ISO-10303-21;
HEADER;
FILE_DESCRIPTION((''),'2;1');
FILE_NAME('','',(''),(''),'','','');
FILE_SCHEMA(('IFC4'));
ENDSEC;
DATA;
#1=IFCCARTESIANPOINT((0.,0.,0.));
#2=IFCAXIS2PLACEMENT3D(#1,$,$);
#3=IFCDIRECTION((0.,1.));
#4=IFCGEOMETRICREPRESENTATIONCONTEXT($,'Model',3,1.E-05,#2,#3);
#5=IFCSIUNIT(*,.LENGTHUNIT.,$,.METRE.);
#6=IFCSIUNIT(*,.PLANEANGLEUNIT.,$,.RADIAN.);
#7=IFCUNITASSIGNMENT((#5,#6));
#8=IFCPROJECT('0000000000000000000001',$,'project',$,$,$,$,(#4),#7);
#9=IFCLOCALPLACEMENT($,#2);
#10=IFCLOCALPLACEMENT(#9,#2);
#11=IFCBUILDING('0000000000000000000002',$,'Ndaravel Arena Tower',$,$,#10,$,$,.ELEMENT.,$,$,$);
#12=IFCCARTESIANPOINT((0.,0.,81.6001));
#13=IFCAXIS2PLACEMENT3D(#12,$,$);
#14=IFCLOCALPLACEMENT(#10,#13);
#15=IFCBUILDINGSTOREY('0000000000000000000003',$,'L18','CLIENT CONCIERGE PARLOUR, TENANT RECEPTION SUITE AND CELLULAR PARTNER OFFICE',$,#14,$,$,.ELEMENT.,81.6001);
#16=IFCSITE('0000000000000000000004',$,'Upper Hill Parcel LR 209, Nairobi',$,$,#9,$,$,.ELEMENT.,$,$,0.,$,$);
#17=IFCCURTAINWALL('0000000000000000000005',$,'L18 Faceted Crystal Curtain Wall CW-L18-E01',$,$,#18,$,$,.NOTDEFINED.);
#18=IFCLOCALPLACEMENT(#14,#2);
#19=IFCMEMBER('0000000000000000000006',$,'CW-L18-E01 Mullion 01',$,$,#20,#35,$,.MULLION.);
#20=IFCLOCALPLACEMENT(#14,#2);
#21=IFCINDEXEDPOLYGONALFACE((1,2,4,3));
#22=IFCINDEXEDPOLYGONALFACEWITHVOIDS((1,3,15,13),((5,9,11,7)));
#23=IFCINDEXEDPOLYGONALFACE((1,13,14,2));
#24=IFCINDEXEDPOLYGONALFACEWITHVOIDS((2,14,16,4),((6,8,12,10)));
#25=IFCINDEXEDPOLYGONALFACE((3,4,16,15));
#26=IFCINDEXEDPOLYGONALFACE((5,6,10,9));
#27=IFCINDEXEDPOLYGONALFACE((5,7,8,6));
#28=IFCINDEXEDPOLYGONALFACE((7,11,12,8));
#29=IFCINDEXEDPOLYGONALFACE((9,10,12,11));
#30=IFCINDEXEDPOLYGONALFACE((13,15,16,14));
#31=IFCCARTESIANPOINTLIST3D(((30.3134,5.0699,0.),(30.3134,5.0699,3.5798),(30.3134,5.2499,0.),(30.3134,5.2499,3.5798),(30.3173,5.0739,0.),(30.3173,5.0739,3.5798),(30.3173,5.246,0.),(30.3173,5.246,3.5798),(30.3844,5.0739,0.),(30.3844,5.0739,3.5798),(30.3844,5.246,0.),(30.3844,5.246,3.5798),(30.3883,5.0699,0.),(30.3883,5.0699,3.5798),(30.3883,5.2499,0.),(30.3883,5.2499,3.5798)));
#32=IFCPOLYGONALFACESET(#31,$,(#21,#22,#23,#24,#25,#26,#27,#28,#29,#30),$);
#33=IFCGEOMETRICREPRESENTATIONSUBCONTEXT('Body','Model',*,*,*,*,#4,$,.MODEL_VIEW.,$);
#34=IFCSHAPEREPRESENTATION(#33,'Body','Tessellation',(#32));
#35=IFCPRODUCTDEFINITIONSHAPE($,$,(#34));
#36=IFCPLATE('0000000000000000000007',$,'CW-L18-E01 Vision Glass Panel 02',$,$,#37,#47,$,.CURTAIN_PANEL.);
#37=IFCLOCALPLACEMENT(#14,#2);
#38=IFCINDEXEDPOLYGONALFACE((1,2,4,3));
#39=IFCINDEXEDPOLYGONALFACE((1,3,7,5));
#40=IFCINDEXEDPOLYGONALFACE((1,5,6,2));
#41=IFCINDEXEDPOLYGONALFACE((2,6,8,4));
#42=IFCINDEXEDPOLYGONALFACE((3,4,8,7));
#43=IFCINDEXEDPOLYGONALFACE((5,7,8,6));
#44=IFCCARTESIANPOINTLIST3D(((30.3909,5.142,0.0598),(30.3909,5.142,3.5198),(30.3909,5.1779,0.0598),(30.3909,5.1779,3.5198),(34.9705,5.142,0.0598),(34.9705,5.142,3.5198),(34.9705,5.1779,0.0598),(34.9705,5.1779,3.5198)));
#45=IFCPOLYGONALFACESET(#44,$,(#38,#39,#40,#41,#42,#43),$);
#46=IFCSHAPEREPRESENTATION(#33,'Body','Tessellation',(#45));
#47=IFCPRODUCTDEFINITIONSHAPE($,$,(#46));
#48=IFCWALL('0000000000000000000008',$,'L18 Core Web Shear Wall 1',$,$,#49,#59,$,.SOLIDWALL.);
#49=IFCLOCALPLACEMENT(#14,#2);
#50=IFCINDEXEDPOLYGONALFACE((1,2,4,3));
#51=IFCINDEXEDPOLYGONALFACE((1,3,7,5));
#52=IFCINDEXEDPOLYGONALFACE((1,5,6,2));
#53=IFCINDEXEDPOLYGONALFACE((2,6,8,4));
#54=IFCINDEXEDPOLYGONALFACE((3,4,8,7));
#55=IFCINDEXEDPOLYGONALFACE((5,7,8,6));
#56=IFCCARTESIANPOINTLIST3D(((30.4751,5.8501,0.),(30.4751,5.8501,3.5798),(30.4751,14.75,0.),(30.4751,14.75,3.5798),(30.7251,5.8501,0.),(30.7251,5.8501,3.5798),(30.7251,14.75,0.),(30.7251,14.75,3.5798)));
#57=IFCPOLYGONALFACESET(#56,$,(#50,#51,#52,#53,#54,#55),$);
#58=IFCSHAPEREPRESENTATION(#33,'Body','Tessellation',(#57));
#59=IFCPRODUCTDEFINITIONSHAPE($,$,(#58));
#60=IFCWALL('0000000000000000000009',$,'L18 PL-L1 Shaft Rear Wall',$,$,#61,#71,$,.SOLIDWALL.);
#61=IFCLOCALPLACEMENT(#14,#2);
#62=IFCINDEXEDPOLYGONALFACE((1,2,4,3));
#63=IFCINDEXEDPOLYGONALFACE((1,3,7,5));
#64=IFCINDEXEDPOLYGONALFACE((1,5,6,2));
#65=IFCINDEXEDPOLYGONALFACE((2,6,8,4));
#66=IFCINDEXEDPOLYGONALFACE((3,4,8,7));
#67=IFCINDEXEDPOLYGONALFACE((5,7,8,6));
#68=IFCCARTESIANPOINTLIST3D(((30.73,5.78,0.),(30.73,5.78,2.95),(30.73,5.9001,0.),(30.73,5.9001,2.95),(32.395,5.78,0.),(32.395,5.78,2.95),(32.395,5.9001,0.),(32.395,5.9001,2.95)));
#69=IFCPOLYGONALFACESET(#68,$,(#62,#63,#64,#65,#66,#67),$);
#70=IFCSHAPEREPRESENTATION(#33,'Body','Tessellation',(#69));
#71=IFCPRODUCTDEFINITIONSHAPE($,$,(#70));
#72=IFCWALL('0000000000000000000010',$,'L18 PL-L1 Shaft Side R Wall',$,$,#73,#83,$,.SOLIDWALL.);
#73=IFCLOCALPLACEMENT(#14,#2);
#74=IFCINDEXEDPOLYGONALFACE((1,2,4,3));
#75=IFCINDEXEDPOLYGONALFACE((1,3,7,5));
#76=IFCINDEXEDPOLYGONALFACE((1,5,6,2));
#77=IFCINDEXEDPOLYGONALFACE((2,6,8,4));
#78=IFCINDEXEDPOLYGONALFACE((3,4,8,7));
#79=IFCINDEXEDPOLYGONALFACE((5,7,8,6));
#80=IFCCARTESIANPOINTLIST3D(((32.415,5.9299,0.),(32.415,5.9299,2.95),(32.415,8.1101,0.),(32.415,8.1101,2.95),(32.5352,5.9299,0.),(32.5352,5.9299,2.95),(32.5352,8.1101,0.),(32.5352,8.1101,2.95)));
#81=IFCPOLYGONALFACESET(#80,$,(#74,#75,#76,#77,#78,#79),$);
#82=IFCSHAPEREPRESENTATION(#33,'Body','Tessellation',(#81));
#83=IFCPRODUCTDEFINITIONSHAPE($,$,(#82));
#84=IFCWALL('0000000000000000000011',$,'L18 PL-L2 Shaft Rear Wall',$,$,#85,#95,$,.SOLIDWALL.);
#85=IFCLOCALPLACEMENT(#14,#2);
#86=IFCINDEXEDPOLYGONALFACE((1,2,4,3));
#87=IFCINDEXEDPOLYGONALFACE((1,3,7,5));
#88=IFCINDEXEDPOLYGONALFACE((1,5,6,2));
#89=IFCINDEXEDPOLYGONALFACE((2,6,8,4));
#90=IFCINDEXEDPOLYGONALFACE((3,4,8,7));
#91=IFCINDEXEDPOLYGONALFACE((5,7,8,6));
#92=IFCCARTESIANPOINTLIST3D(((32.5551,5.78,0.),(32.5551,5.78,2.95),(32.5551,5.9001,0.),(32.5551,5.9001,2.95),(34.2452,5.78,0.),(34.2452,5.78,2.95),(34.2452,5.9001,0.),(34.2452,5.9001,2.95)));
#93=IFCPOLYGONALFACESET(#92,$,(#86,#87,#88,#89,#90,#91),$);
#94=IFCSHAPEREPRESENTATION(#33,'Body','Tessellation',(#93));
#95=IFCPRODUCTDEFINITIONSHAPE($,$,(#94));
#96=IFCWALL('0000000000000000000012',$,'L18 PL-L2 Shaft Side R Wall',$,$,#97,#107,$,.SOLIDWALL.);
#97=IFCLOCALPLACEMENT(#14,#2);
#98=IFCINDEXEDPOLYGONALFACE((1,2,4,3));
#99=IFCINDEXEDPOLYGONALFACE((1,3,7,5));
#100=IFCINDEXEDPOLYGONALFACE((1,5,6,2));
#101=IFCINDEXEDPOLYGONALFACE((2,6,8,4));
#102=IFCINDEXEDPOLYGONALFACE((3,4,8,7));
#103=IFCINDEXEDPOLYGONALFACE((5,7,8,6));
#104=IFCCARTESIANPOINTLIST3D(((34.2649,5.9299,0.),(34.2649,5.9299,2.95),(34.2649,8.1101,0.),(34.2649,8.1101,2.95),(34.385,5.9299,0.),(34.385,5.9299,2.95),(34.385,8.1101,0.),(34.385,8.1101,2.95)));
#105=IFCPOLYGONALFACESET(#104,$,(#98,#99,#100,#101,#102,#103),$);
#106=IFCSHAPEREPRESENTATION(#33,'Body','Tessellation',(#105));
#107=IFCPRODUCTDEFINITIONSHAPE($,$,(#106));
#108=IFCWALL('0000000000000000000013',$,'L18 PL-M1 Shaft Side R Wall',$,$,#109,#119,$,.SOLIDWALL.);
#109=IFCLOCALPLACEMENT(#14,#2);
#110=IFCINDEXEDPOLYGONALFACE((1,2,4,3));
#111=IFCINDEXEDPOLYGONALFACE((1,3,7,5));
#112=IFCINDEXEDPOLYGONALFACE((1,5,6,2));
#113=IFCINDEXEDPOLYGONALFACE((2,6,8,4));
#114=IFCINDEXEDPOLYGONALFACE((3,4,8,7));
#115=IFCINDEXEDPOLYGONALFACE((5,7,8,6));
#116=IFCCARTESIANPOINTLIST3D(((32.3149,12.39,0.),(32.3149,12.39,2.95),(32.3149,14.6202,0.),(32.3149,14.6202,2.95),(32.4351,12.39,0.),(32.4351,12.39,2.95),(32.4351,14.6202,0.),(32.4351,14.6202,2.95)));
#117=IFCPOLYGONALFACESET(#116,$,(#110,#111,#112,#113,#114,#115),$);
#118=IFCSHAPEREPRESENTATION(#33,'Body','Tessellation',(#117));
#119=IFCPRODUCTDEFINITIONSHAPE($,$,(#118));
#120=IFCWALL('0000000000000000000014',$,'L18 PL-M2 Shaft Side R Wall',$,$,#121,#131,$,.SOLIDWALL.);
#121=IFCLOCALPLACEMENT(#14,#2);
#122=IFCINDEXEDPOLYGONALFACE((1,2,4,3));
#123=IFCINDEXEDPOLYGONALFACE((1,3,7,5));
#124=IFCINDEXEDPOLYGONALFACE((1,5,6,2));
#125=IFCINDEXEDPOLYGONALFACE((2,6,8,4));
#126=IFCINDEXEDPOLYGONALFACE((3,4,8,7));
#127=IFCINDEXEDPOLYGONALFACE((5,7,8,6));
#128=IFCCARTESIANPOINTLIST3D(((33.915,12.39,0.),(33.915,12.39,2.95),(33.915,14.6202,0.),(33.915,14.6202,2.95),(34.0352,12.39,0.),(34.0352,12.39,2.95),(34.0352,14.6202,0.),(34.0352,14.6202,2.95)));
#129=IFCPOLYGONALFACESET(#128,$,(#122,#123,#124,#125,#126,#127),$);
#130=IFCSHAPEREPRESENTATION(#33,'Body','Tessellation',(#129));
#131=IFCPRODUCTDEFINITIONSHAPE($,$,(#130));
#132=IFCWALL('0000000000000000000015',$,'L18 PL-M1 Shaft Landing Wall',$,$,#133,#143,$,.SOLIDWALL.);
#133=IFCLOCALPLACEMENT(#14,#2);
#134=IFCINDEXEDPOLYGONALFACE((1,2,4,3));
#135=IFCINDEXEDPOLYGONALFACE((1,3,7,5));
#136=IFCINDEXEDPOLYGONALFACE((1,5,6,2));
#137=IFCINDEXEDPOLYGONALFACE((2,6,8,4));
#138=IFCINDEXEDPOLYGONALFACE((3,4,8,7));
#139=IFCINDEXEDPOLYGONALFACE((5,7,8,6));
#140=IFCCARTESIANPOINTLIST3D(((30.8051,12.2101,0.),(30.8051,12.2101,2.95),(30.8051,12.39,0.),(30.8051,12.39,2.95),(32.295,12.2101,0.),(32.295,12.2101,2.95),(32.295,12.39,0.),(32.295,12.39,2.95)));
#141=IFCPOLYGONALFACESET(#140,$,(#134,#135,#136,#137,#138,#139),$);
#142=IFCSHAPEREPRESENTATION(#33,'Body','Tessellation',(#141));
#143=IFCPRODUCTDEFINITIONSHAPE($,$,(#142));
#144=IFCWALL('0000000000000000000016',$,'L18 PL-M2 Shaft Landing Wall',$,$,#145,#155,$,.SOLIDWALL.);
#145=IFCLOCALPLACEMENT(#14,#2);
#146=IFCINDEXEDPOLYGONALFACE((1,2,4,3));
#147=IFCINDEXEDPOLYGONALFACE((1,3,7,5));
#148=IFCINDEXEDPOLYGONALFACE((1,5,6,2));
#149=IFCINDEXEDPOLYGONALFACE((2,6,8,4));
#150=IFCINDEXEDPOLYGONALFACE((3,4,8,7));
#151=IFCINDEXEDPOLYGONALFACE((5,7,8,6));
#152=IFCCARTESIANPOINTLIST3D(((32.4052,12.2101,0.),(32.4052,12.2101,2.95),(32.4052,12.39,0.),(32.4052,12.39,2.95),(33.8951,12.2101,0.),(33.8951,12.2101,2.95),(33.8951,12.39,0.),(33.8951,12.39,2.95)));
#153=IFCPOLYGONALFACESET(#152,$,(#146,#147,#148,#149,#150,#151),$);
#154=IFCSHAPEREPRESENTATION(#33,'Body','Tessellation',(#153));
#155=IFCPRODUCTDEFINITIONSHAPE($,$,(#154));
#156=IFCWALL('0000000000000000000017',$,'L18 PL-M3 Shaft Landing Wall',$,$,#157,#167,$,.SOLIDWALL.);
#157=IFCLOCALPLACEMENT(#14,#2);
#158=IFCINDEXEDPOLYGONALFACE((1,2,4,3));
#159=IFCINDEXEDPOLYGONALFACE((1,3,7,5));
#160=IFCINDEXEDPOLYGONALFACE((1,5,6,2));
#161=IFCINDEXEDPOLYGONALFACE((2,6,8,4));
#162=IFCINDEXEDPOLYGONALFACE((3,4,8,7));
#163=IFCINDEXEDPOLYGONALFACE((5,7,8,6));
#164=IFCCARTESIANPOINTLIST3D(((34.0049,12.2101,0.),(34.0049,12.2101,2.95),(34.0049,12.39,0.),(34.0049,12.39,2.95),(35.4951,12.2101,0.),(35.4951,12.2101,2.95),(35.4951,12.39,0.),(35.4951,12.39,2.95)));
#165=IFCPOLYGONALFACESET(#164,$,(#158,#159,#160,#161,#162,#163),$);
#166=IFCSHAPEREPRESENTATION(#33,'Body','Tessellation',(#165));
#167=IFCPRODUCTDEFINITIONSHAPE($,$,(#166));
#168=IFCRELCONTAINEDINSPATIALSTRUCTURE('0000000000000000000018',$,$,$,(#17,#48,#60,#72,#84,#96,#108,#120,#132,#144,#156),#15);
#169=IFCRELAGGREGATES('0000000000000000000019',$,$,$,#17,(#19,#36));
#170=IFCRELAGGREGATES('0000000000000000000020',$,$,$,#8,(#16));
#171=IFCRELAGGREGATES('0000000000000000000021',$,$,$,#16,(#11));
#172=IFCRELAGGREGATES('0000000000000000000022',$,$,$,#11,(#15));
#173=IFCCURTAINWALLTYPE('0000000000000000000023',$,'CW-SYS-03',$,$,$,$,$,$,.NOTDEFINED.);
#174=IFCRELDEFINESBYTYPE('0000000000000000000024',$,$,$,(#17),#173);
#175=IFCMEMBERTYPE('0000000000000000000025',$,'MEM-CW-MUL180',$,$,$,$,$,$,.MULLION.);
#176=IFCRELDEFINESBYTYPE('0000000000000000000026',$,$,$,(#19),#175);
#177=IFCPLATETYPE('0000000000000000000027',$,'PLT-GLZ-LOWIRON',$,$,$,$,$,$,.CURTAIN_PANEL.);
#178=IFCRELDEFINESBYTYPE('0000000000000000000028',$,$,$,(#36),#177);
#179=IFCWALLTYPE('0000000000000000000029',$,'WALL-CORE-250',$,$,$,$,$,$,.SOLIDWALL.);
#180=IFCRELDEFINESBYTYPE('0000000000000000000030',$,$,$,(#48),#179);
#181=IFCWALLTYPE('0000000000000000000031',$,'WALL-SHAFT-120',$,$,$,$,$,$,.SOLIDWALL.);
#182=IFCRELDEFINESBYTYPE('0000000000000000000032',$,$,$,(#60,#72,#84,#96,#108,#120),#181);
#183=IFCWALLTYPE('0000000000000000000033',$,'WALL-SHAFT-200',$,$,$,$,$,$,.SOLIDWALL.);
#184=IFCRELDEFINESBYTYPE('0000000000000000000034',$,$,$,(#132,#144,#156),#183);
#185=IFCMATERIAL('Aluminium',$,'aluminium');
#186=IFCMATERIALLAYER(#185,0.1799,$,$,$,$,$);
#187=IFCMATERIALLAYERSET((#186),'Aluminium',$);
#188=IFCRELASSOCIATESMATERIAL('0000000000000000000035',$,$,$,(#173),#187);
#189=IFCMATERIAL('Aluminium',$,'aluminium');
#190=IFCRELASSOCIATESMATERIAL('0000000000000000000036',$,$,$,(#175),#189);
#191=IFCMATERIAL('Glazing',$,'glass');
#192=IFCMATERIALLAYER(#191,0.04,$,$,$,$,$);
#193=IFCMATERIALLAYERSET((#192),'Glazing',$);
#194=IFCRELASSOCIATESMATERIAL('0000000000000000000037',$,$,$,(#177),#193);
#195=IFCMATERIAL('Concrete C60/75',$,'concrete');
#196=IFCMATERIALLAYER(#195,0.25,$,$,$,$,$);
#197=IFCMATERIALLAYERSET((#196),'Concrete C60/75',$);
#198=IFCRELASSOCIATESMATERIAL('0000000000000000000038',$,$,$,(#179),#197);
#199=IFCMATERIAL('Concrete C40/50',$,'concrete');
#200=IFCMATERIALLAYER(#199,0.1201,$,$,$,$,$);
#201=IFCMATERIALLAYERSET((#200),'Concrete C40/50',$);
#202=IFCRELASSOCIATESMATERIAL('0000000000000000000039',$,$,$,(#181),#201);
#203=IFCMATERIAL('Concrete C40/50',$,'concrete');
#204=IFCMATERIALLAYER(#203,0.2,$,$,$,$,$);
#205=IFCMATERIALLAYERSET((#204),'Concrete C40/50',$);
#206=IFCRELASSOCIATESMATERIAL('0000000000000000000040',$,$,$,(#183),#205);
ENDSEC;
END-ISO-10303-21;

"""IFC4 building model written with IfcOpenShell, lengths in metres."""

from ifc_helpers import new_model, si_unit, direction, frame, frame_2d, origin, origin_2d, place, context, subcontext, project, spatial, rectangle, hollow_rectangle, extrude, material, layer, layer_set, material_profile, profile_set, type_object, element, aggregate, save


model = new_model("IFC4")

# Units and contexts
model_context = context("Model", 3, precision=1e-05, world=origin(), true_north=direction((0.0, 1.0)))
body_context = subcontext(model_context, "Body", "Model", "MODEL_VIEW")
ifc_project = project(units=[si_unit("LENGTHUNIT", "METRE"), si_unit("PLANEANGLEUNIT", "RADIAN")], contexts=[model_context])

# Site, building, storey
site_placement = place(None, origin())
site = spatial("IfcSite", under=ifc_project, at=site_placement, Name="Upper Hill Parcel LR 209, Nairobi", CompositionType="ELEMENT", RefElevation=0.0)
building_placement = place(site_placement, origin())
building = spatial("IfcBuilding", under=site, at=building_placement, Name="Ndaravel Arena Tower", CompositionType="ELEMENT")
storey_placement = place(building_placement, frame((0.0, 0.0, 81.6001)))
storey = spatial("IfcBuildingStorey", under=building, at=storey_placement, Name="L18", Description="CLIENT CONCIERGE PARLOUR, TENANT RECEPTION SUITE AND CELLULAR PARTNER OFFICE", CompositionType="ELEMENT", Elevation=81.6001)

# Curtain wall, member, plate
ifc_material_1 = material(Name="Aluminium", Category="aluminium")
ifc_layer_1 = layer(ifc_material_1, 0.1799)
ifc_layer_set_1 = layer_set([ifc_layer_1], Name="Aluminium")
curtain_wall_type = type_object("IfcCurtainWallType", Name="CW-SYS-03", PredefinedType="NOTDEFINED", material=ifc_layer_set_1)
curtain_wall_placement = place(storey_placement, origin())
curtain_wall = element("IfcCurtainWall", 1, at=curtain_wall_placement, inside=storey, type_object=curtain_wall_type, Name="L18 Faceted Crystal Curtain Wall CW-L18-E01", PredefinedType="NOTDEFINED")
ifc_material_2 = material(Name="Aluminium", Category="aluminium")
ifc_material_profile = material_profile(ifc_material_2, hollow_rectangle(XDim=0.075, YDim=0.1799, WallThickness=0.0039, at=origin_2d()), Name="CW MULLION 75x180x4")
ifc_profile_set = profile_set([ifc_material_profile], Name="Aluminium")
member_type = type_object("IfcMemberType", Name="MEM-CW-MUL180", PredefinedType="MULLION", material=ifc_profile_set)
member_placement = place(storey_placement, frame((30.3508, 5.1599, 0.0), z_axis=(0.0, 0.0, 1.0), x_axis=(1.0, 0.0, 0.0)))
member = element("IfcMember", 2, at=member_placement, type_object=member_type, Name="CW-L18-E01 Mullion 01", PredefinedType="MULLION", context=body_context, shape_type="SweptSolid", body=[
    extrude(hollow_rectangle(XDim=0.075, YDim=0.1799, WallThickness=0.0039, at=origin_2d()), origin(), (0.0, 0.0, 1.0), 3.5798),
])
ifc_material_3 = material(Name="Glazing", Category="glass")
ifc_layer_2 = layer(ifc_material_3, 0.04)
ifc_layer_set_2 = layer_set([ifc_layer_2], Name="Glazing")
plate_type = type_object("IfcPlateType", Name="PLT-GLZ-LOWIRON", PredefinedType="CURTAIN_PANEL", material=ifc_layer_set_2)
plate_placement = place(storey_placement, frame((32.6807, 5.1599, 0.0598), z_axis=(0.0, 0.0, 1.0), x_axis=(1.0, 0.0, 0.0)))
plate = element("IfcPlate", 3, at=plate_placement, type_object=plate_type, Name="CW-L18-E01 Vision Glass Panel 02", PredefinedType="CURTAIN_PANEL", context=body_context, shape_type="SweptSolid", body=[
    extrude(rectangle(XDim=4.5796, YDim=0.0359, at=origin_2d()), origin(), (0.0, 0.0, 1.0), 3.46),
])
aggregate(curtain_wall, [member, plate])

# Walls
ifc_material_4 = material(Name="Concrete C60/75", Category="concrete")
ifc_layer_3 = layer(ifc_material_4, 0.25)
ifc_layer_set_3 = layer_set([ifc_layer_3], Name="Concrete C60/75")
wall_type_1 = type_object("IfcWallType", Name="WALL-CORE-250", PredefinedType="SOLIDWALL", material=ifc_layer_set_3)
wall_1_placement = place(storey_placement, frame((30.6001, 5.8501, 0.0), z_axis=(0.0, 0.0, 1.0), x_axis=(0.0, 1.0, 0.0)))
element("IfcWall", 4, at=wall_1_placement, inside=storey, type_object=wall_type_1, Name="L18 Core Web Shear Wall 1", PredefinedType="SOLIDWALL", context=body_context, shape_type="SweptSolid", body=[
    extrude(rectangle(XDim=8.8999, YDim=0.25, at=frame_2d((4.45, 0.0))), origin(), (0.0, 0.0, 1.0), 3.5798),
])
ifc_material_5 = material(Name="Concrete C40/50", Category="concrete")
ifc_layer_4 = layer(ifc_material_5, 0.1201)
ifc_layer_set_4 = layer_set([ifc_layer_4], Name="Concrete C40/50")
wall_type_2 = type_object("IfcWallType", Name="WALL-SHAFT-120", PredefinedType="SOLIDWALL", material=ifc_layer_set_4)
wall_2_placement = place(storey_placement, frame((30.73, 5.8401, 0.0), z_axis=(0.0, 0.0, 1.0), x_axis=(1.0, 0.0, 0.0)))
element("IfcWall", 5, at=wall_2_placement, inside=storey, type_object=wall_type_2, Name="L18 PL-L1 Shaft Rear Wall", PredefinedType="SOLIDWALL", context=body_context, shape_type="SweptSolid", body=[
    extrude(rectangle(XDim=1.665, YDim=0.1201, at=frame_2d((0.8325, 0.0))), origin(), (0.0, 0.0, 1.0), 2.95),
])
wall_3_placement = place(storey_placement, frame((32.4751, 5.9299, 0.0), z_axis=(0.0, 0.0, 1.0), x_axis=(0.0, 1.0, 0.0)))
element("IfcWall", 6, at=wall_3_placement, inside=storey, type_object=wall_type_2, Name="L18 PL-L1 Shaft Side R Wall", PredefinedType="SOLIDWALL", context=body_context, shape_type="SweptSolid", body=[
    extrude(rectangle(XDim=2.1802, YDim=0.1201, at=frame_2d((1.0901, 0.0))), origin(), (0.0, 0.0, 1.0), 2.95),
])
wall_4_placement = place(storey_placement, frame((32.5549, 5.8401, 0.0), z_axis=(0.0, 0.0, 1.0), x_axis=(1.0, 0.0, 0.0)))
element("IfcWall", 7, at=wall_4_placement, inside=storey, type_object=wall_type_2, Name="L18 PL-L2 Shaft Rear Wall", PredefinedType="SOLIDWALL", context=body_context, shape_type="SweptSolid", body=[
    extrude(rectangle(XDim=1.6902, YDim=0.1201, at=frame_2d((0.8452, 0.0))), origin(), (0.0, 0.0, 1.0), 2.95),
])
wall_5_placement = place(storey_placement, frame((34.325, 5.9299, 0.0), z_axis=(0.0, 0.0, 1.0), x_axis=(0.0, 1.0, 0.0)))
element("IfcWall", 8, at=wall_5_placement, inside=storey, type_object=wall_type_2, Name="L18 PL-L2 Shaft Side R Wall", PredefinedType="SOLIDWALL", context=body_context, shape_type="SweptSolid", body=[
    extrude(rectangle(XDim=2.1802, YDim=0.1201, at=frame_2d((1.0901, 0.0))), origin(), (0.0, 0.0, 1.0), 2.95),
])
for number, where, z_axis, x_axis, name in (
    (9, (32.375, 12.3899, 0.0), (0.0, 0.0, 1.0), (0.0, 1.0, 0.0), "L18 PL-M1 Shaft Side R Wall"),
    (10, (33.9751, 12.3899, 0.0), (0.0, 0.0, 1.0), (0.0, 1.0, 0.0), "L18 PL-M2 Shaft Side R Wall"),
):
    element("IfcWall", number, at=place(storey_placement, frame(where, z_axis=z_axis, x_axis=x_axis)), inside=storey, type_object=wall_type_2, Name=name, PredefinedType="SOLIDWALL", context=body_context, shape_type="SweptSolid", body=[
        extrude(rectangle(XDim=2.2302, YDim=0.1201, at=frame_2d((1.1152, 0.0))), origin(), (0.0, 0.0, 1.0), 2.95),
    ])

# Shared definitions
ifc_material_6 = material(Name="Concrete C40/50", Category="concrete")
ifc_layer_5 = layer(ifc_material_6, 0.2)
ifc_layer_set_5 = layer_set([ifc_layer_5], Name="Concrete C40/50")
wall_type_3 = type_object("IfcWallType", Name="WALL-SHAFT-200", PredefinedType="SOLIDWALL", material=ifc_layer_set_5)

# Walls
for number, where, z_axis, x_axis, name in (
    (11, (30.8049, 12.3, 0.0), (0.0, 0.0, 1.0), (1.0, 0.0, 0.0), "L18 PL-M1 Shaft Landing Wall"),
    (12, (32.405, 12.3, 0.0), (0.0, 0.0, 1.0), (1.0, 0.0, 0.0), "L18 PL-M2 Shaft Landing Wall"),
):
    element("IfcWall", number, at=place(storey_placement, frame(where, z_axis=z_axis, x_axis=x_axis)), inside=storey, type_object=wall_type_3, Name=name, PredefinedType="SOLIDWALL", context=body_context, shape_type="SweptSolid", body=[
        extrude(rectangle(XDim=1.49, YDim=0.1799, at=frame_2d((0.7451, 0.0))), origin(), (0.0, 0.0, 1.0), 2.95),
    ])
wall_6_placement = place(storey_placement, frame((34.0049, 12.3, 0.0), z_axis=(0.0, 0.0, 1.0), x_axis=(1.0, 0.0, 0.0)))
element("IfcWall", 13, at=wall_6_placement, inside=storey, type_object=wall_type_3, Name="L18 PL-M3 Shaft Landing Wall", PredefinedType="SOLIDWALL", context=body_context, shape_type="SweptSolid", body=[
    extrude(rectangle(XDim=1.4902, YDim=0.1799, at=frame_2d((0.7451, 0.0))), origin(), (0.0, 0.0, 1.0), 2.95),
])

save(model, "model.ifc")
